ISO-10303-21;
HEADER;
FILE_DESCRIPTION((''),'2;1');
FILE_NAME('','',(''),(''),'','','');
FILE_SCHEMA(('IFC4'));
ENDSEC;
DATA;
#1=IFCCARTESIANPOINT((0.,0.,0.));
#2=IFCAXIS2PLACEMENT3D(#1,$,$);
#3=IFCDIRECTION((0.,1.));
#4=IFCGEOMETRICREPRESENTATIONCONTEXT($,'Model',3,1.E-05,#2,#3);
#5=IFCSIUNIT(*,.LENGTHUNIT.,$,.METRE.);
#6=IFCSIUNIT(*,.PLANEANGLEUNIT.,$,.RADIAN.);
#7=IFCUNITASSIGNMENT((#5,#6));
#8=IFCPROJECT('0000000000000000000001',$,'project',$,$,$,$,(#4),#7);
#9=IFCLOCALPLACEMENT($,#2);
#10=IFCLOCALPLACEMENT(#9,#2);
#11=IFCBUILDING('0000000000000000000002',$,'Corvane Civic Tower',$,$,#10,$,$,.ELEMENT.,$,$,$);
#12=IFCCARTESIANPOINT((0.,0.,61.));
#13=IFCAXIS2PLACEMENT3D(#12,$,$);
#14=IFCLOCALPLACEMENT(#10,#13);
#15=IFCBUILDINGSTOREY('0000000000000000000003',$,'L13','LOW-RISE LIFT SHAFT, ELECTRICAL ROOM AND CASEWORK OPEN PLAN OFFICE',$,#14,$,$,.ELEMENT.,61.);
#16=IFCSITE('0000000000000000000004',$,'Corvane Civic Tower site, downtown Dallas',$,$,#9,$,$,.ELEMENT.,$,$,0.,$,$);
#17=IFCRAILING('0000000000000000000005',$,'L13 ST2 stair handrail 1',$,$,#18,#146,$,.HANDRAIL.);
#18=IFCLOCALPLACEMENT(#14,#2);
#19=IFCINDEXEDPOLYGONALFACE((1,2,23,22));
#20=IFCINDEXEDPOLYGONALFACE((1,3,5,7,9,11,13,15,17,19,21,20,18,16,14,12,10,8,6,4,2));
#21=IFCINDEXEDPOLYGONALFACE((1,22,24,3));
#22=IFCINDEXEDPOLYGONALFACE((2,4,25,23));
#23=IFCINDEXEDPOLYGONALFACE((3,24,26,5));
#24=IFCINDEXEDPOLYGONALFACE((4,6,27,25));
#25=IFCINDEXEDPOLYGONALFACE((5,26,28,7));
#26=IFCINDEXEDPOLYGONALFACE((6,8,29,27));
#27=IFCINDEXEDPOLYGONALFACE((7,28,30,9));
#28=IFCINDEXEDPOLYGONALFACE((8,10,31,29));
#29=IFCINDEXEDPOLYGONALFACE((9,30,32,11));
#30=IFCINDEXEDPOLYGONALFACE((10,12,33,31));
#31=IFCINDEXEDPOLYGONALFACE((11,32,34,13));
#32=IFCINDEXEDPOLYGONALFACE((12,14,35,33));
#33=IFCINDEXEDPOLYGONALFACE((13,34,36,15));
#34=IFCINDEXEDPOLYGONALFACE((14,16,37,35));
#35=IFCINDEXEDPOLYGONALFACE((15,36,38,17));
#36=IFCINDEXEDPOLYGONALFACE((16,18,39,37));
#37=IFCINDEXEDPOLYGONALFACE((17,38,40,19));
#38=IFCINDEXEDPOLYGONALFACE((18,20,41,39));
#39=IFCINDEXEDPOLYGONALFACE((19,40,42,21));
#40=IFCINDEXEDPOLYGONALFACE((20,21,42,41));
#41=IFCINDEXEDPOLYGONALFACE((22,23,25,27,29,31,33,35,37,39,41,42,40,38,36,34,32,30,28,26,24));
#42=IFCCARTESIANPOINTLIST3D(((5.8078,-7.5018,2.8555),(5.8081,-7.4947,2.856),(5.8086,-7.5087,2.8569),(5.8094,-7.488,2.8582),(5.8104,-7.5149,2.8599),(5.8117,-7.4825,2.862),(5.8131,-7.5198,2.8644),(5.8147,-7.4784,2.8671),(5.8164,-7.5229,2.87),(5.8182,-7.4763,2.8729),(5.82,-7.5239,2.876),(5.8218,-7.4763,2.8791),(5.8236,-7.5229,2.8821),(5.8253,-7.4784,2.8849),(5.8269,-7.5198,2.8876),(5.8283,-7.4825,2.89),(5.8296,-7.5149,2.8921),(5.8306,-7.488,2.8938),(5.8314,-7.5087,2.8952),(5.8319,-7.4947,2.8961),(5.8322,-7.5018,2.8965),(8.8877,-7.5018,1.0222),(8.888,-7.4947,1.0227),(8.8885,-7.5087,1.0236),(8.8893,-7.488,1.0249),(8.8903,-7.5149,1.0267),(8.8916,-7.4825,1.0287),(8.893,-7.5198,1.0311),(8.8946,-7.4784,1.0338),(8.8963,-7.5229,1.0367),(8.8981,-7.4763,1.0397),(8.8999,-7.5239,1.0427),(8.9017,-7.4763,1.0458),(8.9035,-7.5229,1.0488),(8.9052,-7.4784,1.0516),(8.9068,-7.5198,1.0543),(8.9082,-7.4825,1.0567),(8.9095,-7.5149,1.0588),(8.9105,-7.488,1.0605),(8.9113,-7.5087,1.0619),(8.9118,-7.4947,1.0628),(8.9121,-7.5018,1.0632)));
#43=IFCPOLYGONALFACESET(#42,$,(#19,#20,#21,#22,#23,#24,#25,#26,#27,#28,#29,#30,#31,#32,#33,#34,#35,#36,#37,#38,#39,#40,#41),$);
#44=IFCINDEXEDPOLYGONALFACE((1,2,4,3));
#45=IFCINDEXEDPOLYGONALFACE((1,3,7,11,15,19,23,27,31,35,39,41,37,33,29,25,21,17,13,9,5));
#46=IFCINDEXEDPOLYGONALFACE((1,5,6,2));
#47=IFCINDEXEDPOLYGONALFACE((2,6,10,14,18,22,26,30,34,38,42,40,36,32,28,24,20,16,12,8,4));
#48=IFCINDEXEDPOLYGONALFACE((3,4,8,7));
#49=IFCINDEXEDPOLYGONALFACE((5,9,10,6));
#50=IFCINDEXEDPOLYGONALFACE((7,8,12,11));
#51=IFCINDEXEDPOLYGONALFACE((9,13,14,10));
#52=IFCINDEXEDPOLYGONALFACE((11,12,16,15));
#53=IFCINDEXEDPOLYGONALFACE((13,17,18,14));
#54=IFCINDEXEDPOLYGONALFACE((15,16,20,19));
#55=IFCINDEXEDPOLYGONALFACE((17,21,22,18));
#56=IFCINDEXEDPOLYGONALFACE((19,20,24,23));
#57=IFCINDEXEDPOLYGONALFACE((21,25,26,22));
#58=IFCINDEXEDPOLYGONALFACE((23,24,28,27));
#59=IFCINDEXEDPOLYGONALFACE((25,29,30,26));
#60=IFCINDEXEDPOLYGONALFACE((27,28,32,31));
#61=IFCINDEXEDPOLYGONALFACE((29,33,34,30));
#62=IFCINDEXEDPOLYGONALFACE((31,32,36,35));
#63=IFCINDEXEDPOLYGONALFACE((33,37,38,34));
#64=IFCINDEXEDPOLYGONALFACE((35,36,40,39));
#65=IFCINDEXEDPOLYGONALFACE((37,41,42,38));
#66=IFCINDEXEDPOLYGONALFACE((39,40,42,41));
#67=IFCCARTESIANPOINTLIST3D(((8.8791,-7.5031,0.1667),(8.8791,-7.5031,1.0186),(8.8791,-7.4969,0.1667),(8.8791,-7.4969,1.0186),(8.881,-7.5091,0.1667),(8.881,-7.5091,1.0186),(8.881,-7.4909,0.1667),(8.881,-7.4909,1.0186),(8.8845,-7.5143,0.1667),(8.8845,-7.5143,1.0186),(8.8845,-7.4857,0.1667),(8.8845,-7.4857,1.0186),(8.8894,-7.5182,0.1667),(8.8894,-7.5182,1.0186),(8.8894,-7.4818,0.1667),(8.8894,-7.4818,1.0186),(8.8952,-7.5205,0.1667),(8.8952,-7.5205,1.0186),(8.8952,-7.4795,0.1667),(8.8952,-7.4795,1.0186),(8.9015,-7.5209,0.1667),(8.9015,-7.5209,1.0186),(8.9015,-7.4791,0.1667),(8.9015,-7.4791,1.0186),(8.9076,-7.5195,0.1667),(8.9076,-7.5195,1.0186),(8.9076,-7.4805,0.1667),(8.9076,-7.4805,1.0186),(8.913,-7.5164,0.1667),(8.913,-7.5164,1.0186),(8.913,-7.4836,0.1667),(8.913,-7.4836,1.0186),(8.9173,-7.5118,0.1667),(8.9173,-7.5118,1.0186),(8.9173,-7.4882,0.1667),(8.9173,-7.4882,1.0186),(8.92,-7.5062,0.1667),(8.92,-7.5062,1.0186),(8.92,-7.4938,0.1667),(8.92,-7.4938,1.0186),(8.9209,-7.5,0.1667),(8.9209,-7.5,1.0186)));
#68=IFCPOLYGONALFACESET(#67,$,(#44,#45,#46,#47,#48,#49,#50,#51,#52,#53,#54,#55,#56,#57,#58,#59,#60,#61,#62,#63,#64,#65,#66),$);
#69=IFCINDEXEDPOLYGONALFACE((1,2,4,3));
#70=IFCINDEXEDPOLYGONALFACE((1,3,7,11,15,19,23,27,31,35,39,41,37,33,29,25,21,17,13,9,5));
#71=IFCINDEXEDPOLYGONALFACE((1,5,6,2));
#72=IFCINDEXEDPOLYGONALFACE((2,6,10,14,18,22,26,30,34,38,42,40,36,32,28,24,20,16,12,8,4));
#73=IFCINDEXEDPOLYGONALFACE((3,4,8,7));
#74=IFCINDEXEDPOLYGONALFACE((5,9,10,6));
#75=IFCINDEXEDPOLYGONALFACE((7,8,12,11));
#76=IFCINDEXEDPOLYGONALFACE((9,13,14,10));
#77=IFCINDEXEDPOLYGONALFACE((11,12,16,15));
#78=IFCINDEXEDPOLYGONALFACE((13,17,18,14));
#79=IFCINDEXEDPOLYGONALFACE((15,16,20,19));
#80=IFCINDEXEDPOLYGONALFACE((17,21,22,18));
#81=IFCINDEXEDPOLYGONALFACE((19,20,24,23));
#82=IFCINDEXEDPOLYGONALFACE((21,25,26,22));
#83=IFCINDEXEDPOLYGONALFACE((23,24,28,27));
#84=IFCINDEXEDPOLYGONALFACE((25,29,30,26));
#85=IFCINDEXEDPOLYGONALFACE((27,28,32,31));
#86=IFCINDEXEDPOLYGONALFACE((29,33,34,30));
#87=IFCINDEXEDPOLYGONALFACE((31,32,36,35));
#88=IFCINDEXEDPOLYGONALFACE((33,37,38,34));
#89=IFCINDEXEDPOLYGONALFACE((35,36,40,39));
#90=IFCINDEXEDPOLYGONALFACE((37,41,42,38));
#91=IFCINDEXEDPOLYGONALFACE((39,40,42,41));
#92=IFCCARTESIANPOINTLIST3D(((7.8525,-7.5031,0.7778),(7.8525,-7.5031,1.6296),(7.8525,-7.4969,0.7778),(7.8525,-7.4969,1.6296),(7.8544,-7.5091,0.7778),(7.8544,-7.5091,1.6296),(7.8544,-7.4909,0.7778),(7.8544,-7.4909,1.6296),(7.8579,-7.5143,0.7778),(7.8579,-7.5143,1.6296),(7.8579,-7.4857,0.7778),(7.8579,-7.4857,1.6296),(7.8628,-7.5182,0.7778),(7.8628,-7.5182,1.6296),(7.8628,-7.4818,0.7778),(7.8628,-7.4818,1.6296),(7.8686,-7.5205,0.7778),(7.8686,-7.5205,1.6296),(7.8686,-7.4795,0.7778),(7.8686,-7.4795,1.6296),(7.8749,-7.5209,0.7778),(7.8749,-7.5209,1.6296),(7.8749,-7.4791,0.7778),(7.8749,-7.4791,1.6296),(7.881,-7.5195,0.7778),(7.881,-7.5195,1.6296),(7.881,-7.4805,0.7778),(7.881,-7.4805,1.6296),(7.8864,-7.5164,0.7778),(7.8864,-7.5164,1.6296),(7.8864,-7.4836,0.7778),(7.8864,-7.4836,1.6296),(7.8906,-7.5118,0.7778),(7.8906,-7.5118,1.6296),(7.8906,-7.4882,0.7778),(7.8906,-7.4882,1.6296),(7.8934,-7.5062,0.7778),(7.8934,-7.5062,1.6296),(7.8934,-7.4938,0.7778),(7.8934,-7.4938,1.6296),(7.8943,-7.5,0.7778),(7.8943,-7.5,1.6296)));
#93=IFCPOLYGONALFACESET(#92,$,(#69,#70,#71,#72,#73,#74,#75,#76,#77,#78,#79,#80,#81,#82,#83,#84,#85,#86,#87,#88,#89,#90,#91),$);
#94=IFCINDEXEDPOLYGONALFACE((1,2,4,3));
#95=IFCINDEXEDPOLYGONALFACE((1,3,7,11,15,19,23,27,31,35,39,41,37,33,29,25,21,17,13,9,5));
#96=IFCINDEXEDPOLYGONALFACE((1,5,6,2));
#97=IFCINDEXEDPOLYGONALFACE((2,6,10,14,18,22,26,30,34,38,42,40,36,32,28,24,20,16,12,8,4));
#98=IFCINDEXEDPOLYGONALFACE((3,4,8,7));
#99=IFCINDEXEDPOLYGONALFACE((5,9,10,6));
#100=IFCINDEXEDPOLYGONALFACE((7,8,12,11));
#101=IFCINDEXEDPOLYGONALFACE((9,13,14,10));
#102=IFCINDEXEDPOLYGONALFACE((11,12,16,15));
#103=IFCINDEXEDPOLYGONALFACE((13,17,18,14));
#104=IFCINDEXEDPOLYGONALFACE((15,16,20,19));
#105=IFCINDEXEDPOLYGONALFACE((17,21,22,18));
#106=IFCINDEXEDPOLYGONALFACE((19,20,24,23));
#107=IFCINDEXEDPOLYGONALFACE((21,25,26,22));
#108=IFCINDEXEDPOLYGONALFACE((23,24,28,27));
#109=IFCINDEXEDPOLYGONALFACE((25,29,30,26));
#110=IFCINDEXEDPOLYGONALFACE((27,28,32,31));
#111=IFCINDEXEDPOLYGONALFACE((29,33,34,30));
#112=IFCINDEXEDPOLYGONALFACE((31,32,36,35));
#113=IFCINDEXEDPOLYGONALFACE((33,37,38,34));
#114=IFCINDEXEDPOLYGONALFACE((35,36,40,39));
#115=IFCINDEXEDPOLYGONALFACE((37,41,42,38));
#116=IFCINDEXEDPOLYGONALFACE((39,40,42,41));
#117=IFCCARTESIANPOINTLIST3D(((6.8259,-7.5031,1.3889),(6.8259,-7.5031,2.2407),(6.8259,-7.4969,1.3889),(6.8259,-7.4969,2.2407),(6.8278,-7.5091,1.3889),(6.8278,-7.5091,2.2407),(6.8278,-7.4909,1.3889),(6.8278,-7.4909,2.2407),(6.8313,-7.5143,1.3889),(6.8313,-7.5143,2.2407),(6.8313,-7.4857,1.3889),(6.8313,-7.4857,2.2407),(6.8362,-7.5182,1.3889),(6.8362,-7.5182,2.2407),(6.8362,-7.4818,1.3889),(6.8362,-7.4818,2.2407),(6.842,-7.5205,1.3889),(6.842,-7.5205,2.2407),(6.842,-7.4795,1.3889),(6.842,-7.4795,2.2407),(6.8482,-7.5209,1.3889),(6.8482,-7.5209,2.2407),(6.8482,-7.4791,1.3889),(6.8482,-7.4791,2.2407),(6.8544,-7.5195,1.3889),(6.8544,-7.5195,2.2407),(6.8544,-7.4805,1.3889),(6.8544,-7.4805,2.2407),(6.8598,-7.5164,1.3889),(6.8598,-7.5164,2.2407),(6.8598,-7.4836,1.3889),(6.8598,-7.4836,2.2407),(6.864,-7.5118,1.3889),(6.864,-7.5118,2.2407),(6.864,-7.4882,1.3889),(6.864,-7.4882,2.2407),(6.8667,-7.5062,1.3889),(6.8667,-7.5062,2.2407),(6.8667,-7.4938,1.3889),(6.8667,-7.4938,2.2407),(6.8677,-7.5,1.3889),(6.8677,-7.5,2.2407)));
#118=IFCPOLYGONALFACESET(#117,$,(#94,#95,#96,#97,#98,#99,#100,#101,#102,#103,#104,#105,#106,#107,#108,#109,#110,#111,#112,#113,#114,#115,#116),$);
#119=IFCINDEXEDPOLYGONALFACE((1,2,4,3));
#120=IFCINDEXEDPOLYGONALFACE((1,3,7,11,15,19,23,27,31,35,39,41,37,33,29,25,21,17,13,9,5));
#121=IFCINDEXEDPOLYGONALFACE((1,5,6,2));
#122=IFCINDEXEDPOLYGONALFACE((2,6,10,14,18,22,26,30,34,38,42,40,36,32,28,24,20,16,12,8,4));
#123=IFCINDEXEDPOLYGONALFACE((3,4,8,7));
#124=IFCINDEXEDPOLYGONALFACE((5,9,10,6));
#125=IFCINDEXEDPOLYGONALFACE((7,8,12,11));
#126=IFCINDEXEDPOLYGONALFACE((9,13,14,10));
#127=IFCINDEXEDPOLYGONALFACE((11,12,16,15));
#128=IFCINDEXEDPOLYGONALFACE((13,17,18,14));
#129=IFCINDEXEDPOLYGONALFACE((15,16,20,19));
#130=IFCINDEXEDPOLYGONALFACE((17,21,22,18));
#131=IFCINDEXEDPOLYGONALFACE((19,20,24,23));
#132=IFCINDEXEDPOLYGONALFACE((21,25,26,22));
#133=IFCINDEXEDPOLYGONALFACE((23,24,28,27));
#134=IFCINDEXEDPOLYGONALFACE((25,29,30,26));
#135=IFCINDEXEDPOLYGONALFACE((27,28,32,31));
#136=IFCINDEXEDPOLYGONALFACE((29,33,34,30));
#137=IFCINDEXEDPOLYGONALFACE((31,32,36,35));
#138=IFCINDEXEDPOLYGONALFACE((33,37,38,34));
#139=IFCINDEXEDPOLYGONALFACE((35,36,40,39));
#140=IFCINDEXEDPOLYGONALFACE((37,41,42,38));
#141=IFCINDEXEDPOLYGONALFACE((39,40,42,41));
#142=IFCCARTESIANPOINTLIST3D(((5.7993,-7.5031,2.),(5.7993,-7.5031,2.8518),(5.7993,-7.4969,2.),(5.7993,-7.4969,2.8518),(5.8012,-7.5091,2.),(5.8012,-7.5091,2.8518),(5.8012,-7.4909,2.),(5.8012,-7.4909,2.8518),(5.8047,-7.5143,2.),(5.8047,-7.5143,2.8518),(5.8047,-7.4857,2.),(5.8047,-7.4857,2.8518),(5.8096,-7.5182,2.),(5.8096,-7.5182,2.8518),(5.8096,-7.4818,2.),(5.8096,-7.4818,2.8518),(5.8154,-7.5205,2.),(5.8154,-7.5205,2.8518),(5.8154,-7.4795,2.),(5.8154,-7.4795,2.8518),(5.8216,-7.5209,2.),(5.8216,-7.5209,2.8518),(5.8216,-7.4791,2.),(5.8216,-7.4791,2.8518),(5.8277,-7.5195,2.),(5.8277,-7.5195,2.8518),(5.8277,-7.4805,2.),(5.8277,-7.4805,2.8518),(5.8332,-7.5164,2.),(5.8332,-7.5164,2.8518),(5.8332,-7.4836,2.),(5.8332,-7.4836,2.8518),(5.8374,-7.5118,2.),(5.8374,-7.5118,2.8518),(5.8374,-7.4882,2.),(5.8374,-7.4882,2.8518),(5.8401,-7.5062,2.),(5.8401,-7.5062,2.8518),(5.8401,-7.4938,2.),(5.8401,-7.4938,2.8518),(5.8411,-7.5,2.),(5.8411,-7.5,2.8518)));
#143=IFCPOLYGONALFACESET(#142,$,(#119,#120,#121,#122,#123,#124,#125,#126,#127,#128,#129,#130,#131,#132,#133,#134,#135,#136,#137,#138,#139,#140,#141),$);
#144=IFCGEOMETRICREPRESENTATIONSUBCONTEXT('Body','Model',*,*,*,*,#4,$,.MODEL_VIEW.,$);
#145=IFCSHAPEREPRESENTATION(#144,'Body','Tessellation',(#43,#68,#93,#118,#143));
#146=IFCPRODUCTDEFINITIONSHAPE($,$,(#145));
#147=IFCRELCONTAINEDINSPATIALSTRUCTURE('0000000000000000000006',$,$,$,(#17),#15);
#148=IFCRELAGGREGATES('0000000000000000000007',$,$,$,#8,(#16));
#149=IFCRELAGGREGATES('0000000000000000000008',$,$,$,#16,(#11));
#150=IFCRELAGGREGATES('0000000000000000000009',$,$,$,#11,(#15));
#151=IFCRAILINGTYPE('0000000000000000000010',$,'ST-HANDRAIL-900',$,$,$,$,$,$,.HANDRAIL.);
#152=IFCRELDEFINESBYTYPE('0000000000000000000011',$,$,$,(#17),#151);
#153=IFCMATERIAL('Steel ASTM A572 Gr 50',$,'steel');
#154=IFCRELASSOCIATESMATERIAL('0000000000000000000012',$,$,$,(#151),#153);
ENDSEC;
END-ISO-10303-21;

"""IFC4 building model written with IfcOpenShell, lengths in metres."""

from ifc_helpers import new_model, si_unit, direction, frame, origin, origin_2d, place, context, subcontext, project, spatial, circle, extrude, material, type_object, element, save


model = new_model("IFC4")

# Units and contexts
model_context = context("Model", 3, precision=1e-05, world=origin(), true_north=direction((0.0, 1.0)))
body_context = subcontext(model_context, "Body", "Model", "MODEL_VIEW")
ifc_project = project(units=[si_unit("LENGTHUNIT", "METRE"), si_unit("PLANEANGLEUNIT", "RADIAN")], contexts=[model_context])

# Site, building, storey
site_placement = place(None, origin())
site = spatial("IfcSite", under=ifc_project, at=site_placement, Name="Corvane Civic Tower site, downtown Dallas", CompositionType="ELEMENT", RefElevation=0.0)
building_placement = place(site_placement, origin())
building = spatial("IfcBuilding", under=site, at=building_placement, Name="Corvane Civic Tower", CompositionType="ELEMENT")
storey_placement = place(building_placement, frame((0.0, 0.0, 61.0)))
storey = spatial("IfcBuildingStorey", under=building, at=storey_placement, Name="L13", Description="LOW-RISE LIFT SHAFT, ELECTRICAL ROOM AND CASEWORK OPEN PLAN OFFICE", CompositionType="ELEMENT", Elevation=61.0)

# Railing
ifc_material_1 = material(Name="Steel ASTM A572 Gr 50", Category="steel")
railing_type_1 = type_object("IfcRailingType", Name="ST-HANDRAIL-900", PredefinedType="HANDRAIL", material=ifc_material_1)
railing_1_placement = place(storey_placement, frame((8.8999, -7.5, 0.1667)))
element("IfcRailing", 1, at=railing_1_placement, inside=storey, type_object=railing_type_1, Name="L13 ST2 stair handrail 1", PredefinedType="HANDRAIL", context=body_context, shape_type="SweptSolid", body=[
    extrude(circle(Radius=0.0239, at=origin_2d()), frame((0.0, 0.0, 0.876), z_axis=(-0.859291, 0.0, 0.511487), x_axis=(0.0, -1.0, 0.0)), (0.0, 0.0, 1.0), 3.5842),
    extrude(circle(Radius=0.021, at=origin_2d()), origin(), (0.0, 0.0, 1.0), 0.8518),
    extrude(circle(Radius=0.021, at=origin_2d()), frame((-1.0266, 0.0, 0.6111)), (0.0, 0.0, 1.0), 0.8518),
    extrude(circle(Radius=0.021, at=origin_2d()), frame((-2.0532, 0.0, 1.2222)), (0.0, 0.0, 1.0), 0.8518),
    extrude(circle(Radius=0.021, at=origin_2d()), frame((-3.0798, 0.0, 1.8333)), (0.0, 0.0, 1.0), 0.8518),
])

save(model, "model.ifc")
